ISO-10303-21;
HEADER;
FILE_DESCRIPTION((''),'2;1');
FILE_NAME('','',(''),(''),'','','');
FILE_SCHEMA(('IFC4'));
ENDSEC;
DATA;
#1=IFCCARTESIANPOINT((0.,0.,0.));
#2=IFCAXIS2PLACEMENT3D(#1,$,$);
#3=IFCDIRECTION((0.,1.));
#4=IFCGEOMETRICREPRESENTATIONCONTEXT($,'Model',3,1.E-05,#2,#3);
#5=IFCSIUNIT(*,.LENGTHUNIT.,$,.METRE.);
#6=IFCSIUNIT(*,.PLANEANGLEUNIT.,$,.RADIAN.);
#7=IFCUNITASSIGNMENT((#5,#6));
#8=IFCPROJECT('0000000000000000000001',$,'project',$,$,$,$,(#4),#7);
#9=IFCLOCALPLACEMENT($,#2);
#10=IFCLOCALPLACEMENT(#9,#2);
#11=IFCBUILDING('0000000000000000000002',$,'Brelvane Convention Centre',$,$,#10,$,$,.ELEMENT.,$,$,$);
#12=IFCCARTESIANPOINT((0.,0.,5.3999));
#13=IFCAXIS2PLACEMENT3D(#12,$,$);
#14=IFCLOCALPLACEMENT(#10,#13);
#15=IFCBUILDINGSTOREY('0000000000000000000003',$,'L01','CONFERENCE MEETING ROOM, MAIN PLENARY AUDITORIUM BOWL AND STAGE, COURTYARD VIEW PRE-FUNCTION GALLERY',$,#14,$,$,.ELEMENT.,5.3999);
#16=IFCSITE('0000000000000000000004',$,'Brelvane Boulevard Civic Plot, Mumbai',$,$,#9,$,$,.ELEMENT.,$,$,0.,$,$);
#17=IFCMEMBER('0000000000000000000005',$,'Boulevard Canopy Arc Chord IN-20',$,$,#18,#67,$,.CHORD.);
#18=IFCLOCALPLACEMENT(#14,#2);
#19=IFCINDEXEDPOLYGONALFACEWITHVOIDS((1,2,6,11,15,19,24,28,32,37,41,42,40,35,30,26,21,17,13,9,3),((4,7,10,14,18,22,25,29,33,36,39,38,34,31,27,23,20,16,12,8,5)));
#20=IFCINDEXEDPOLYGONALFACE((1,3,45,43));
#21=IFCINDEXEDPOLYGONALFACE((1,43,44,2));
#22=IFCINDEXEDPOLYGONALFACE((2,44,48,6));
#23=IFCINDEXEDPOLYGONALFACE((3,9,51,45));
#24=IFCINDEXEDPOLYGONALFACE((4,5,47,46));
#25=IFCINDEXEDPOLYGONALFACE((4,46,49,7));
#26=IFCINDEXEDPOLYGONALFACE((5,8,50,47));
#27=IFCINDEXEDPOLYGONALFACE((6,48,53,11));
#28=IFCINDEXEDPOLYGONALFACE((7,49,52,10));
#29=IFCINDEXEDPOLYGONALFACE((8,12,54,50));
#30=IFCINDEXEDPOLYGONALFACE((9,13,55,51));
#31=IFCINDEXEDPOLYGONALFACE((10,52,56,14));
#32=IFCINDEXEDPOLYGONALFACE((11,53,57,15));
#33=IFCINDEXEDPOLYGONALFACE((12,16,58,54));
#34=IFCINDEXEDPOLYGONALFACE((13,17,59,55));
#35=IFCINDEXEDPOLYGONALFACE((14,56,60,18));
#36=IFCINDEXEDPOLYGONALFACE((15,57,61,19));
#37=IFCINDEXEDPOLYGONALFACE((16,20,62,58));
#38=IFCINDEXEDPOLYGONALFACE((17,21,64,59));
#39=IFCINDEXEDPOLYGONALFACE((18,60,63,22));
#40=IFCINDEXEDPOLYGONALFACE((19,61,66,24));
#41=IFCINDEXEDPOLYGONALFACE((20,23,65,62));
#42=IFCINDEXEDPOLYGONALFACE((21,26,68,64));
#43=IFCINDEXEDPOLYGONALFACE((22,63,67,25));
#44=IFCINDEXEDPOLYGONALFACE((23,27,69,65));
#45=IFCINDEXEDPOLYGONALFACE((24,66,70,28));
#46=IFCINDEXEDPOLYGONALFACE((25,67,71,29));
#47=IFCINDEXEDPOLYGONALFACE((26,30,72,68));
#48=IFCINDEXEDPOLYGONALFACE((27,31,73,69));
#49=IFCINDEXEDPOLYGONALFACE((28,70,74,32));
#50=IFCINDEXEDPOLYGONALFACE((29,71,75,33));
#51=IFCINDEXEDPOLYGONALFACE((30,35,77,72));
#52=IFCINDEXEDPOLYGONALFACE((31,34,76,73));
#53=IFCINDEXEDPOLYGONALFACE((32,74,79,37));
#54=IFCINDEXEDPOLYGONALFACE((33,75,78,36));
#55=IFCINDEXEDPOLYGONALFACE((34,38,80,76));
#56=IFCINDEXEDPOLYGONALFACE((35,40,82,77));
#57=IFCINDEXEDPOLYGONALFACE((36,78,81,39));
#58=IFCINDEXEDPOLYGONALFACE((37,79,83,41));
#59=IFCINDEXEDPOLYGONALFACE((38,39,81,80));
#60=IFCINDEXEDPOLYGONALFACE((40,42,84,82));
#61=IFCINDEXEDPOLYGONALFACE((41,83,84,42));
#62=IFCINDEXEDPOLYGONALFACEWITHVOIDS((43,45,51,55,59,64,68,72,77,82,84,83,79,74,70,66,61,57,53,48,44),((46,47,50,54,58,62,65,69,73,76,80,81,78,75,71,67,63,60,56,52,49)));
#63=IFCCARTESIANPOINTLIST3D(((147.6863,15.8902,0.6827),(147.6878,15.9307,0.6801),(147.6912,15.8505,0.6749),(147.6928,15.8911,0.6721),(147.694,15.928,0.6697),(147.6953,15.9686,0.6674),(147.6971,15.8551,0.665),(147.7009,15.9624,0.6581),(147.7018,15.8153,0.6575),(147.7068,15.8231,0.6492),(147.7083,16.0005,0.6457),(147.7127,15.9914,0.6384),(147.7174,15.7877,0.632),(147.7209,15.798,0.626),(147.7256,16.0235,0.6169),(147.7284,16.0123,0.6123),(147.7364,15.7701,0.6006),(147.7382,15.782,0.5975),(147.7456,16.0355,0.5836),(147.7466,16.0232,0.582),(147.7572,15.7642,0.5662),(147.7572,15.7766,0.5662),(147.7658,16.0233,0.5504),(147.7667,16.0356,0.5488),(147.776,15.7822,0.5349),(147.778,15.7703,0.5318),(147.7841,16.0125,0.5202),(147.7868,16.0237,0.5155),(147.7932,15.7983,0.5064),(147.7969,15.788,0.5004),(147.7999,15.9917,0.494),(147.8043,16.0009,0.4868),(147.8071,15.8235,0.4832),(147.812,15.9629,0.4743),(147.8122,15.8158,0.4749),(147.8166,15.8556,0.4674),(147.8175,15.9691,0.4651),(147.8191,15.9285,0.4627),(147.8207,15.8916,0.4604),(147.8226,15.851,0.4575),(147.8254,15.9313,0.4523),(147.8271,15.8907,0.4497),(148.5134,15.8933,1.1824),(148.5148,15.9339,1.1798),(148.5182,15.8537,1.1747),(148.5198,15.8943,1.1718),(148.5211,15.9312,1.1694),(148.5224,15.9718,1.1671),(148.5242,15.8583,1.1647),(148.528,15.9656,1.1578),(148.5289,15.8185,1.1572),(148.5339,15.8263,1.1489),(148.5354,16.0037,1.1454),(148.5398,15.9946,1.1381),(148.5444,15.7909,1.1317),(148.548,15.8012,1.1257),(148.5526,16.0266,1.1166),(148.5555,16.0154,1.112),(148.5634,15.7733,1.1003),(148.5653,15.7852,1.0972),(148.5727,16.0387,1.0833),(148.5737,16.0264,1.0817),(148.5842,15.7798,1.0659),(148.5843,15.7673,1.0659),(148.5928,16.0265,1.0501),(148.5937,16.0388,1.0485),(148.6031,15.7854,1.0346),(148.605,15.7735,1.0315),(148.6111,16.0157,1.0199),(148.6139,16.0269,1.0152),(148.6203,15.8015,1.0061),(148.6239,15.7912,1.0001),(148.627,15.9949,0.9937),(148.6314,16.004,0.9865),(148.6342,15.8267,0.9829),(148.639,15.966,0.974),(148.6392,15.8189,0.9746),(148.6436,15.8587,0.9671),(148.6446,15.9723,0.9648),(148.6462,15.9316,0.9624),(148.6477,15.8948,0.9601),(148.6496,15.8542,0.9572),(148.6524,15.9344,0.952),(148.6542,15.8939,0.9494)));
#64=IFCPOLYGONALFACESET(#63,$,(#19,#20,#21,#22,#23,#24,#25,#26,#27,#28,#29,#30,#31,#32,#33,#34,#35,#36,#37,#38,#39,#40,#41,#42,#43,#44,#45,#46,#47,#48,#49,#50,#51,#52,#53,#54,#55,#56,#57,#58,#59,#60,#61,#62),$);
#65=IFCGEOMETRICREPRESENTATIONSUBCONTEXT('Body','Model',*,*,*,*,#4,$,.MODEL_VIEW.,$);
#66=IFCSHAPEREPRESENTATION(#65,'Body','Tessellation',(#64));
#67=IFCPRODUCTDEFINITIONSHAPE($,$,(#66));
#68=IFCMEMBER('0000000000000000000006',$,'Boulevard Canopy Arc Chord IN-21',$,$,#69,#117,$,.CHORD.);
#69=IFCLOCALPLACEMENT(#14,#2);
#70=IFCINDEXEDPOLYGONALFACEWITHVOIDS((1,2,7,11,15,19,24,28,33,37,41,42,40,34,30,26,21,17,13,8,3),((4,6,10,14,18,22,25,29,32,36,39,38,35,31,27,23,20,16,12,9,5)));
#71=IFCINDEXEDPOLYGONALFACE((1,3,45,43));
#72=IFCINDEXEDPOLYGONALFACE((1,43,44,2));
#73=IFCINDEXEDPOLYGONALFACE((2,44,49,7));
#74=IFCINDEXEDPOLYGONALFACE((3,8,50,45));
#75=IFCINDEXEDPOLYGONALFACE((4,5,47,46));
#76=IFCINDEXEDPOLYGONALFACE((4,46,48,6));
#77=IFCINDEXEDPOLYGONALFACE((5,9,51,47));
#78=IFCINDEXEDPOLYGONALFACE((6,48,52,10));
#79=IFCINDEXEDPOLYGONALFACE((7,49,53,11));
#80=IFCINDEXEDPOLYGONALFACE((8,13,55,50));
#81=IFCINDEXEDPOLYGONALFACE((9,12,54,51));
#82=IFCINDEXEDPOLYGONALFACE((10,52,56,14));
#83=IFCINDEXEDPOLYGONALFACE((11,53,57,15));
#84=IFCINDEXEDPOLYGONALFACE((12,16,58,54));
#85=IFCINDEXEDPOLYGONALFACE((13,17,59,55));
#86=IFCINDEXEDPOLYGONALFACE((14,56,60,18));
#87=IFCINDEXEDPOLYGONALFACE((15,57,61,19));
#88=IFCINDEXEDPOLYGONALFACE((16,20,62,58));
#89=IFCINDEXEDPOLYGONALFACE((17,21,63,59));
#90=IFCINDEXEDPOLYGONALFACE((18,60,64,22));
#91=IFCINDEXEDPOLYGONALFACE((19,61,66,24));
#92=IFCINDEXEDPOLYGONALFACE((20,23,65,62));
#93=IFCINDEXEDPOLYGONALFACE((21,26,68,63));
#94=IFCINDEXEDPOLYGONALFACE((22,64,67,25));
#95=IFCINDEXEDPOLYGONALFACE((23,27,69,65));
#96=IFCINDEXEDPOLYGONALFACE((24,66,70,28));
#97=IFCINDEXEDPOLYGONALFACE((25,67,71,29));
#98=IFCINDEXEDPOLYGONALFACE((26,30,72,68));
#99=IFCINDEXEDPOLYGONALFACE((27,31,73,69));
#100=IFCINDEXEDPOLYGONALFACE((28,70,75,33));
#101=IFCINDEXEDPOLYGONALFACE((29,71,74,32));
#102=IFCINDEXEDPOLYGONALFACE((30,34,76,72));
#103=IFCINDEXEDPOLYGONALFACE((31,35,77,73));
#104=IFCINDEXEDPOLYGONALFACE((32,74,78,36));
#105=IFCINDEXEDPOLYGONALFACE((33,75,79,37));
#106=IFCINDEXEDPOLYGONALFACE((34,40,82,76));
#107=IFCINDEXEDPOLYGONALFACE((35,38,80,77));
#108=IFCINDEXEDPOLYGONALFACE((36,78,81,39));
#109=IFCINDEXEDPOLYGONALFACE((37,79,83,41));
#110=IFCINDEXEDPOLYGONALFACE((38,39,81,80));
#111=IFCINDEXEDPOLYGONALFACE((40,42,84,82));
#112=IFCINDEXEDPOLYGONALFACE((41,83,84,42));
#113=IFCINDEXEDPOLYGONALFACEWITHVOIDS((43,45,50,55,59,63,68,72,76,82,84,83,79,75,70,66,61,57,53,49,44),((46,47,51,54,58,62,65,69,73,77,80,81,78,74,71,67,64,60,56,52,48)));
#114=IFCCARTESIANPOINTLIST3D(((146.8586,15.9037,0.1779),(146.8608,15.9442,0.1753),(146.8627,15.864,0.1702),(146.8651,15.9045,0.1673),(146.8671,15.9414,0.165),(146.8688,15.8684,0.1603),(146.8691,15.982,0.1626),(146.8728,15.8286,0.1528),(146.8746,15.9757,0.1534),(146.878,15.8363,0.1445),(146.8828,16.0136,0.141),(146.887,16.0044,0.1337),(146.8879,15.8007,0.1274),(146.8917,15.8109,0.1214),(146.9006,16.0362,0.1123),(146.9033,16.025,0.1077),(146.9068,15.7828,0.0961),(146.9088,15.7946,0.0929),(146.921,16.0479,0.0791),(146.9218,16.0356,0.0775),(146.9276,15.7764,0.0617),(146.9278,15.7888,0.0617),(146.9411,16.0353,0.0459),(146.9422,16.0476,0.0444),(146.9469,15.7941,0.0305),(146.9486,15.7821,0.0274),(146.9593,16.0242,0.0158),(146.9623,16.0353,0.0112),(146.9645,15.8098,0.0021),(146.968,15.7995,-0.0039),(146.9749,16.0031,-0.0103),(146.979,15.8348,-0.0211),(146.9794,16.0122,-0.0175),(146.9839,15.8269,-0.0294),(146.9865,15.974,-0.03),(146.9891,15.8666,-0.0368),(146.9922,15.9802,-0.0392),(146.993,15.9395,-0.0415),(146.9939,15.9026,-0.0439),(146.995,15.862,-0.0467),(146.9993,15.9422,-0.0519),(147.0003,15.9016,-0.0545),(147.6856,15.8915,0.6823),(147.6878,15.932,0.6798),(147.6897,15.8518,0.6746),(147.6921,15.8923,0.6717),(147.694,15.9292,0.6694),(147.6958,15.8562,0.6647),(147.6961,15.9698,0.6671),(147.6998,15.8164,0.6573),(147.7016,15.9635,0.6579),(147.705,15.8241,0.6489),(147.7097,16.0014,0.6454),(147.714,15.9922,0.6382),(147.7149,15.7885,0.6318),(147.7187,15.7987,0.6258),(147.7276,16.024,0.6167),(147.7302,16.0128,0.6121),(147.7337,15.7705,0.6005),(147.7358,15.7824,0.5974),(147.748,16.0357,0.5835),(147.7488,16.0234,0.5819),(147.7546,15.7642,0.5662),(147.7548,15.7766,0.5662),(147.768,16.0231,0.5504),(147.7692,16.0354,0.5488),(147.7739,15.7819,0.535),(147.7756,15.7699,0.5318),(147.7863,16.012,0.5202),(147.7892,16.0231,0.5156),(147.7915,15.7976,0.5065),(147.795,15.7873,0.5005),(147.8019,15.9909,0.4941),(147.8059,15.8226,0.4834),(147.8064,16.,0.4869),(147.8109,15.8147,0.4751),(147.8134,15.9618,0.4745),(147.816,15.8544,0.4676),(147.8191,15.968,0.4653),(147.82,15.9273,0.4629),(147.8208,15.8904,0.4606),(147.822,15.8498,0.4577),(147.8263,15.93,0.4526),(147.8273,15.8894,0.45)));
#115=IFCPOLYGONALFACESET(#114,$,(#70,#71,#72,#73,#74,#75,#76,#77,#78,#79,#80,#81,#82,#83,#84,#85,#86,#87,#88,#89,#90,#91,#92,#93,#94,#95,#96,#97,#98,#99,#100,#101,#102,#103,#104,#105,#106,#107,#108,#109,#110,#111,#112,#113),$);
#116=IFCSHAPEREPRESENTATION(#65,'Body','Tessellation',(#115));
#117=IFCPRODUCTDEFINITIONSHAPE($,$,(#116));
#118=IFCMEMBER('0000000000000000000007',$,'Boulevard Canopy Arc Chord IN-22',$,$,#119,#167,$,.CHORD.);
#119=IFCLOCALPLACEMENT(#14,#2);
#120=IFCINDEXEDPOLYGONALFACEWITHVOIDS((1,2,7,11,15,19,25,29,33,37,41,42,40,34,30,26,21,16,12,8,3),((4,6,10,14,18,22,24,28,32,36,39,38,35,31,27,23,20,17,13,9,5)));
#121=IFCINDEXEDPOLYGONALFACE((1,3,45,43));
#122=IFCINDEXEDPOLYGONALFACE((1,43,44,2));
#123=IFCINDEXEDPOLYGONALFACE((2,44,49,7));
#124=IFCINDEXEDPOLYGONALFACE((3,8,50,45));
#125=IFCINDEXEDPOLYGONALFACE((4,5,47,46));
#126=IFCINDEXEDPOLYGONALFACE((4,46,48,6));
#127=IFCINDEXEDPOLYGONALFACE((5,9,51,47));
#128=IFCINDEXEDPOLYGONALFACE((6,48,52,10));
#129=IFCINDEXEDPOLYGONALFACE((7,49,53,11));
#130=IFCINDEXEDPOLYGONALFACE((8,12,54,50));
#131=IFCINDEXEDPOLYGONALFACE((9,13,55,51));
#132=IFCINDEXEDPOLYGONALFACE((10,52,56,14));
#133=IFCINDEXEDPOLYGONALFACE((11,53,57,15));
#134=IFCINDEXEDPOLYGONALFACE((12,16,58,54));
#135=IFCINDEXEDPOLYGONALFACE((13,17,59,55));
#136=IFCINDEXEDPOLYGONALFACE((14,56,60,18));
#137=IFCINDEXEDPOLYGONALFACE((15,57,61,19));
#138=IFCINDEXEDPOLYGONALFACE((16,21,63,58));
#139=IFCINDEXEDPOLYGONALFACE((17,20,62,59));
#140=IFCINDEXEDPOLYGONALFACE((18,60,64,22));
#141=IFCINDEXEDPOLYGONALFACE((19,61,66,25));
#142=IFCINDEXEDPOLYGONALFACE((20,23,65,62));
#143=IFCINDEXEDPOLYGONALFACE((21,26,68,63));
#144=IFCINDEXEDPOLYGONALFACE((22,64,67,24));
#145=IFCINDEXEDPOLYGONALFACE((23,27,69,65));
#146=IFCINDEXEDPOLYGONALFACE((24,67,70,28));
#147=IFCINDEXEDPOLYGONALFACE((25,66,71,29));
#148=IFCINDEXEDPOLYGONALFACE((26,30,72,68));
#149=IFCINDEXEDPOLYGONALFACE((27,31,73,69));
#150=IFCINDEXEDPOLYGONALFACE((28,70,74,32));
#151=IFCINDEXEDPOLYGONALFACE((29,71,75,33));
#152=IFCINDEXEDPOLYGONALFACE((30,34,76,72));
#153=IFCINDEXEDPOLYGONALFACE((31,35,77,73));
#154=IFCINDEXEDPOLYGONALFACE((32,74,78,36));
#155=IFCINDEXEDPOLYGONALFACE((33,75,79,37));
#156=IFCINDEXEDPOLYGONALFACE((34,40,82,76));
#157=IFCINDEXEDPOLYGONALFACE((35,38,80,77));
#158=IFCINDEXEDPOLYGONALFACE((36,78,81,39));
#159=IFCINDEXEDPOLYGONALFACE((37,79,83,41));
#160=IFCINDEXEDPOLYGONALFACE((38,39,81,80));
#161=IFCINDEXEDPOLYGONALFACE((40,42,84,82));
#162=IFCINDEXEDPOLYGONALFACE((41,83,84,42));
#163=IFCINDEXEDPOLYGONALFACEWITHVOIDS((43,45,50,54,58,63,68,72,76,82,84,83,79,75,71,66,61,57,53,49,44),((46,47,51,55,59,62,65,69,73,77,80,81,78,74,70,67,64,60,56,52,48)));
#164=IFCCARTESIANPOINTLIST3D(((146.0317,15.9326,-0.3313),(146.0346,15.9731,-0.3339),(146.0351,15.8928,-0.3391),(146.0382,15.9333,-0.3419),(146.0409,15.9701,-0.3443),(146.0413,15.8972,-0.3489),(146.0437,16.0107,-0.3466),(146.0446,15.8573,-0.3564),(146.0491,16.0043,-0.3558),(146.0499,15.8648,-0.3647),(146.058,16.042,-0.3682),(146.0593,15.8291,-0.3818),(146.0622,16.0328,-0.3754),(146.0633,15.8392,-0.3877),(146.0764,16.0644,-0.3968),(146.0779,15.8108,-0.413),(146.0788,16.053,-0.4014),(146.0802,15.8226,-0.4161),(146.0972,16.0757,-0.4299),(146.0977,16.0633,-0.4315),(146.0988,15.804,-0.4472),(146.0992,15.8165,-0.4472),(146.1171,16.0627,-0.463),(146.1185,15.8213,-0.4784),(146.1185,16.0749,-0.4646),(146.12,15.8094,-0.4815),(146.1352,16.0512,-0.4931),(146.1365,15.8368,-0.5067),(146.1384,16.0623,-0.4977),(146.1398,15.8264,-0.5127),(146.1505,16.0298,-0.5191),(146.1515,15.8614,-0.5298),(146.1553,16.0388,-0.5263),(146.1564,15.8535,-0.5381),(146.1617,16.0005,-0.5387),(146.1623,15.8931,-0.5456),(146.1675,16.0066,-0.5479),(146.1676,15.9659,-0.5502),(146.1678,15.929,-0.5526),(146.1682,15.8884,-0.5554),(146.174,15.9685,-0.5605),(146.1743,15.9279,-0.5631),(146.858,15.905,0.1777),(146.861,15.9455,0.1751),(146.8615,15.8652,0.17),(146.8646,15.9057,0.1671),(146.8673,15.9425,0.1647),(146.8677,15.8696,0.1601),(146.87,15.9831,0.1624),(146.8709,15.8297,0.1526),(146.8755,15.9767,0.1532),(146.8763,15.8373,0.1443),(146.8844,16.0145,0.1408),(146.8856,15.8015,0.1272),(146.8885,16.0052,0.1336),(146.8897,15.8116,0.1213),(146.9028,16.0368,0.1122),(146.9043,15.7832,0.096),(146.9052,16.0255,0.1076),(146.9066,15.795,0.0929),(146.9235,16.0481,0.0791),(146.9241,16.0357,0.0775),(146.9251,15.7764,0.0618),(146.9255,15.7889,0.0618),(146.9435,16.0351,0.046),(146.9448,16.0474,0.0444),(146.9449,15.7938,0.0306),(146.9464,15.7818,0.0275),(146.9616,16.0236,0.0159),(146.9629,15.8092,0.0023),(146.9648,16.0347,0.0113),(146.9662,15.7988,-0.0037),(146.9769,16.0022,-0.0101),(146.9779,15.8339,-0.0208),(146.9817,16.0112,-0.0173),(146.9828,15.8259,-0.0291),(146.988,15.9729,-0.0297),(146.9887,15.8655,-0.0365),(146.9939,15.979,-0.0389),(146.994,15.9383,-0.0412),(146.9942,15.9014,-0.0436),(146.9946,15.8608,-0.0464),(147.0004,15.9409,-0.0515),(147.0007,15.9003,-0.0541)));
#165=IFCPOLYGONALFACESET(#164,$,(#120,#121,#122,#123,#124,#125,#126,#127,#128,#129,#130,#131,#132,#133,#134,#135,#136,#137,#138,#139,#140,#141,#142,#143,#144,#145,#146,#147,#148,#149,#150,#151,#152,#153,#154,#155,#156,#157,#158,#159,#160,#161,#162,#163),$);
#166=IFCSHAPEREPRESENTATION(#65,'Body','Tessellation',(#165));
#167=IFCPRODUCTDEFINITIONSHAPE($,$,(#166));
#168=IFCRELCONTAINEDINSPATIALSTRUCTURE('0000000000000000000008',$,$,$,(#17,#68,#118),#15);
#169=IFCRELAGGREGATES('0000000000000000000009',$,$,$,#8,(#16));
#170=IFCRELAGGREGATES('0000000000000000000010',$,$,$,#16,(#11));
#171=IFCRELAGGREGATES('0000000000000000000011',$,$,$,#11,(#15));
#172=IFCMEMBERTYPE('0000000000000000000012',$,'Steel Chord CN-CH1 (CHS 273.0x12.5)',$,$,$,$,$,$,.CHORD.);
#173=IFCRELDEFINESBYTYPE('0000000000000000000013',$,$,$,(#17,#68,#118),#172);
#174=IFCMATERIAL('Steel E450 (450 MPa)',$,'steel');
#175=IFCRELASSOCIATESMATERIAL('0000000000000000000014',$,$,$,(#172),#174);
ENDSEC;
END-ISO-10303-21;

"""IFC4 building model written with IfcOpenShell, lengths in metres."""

from ifc_helpers import new_model, si_unit, direction, frame, origin, origin_2d, place, context, subcontext, project, spatial, hollow_circle, extrude, material, material_profile, profile_set, type_object, element, save


model = new_model("IFC4")

# Units and contexts
model_context = context("Model", 3, precision=1e-05, world=origin(), true_north=direction((0.0, 1.0)))
body_context = subcontext(model_context, "Body", "Model", "MODEL_VIEW")
ifc_project = project(units=[si_unit("LENGTHUNIT", "METRE"), si_unit("PLANEANGLEUNIT", "RADIAN")], contexts=[model_context])

# Site, building, storey
site_placement = place(None, origin())
site = spatial("IfcSite", under=ifc_project, at=site_placement, Name="Brelvane Boulevard Civic Plot, Mumbai", CompositionType="ELEMENT", RefElevation=0.0)
building_placement = place(site_placement, origin())
building = spatial("IfcBuilding", under=site, at=building_placement, Name="Brelvane Convention Centre", CompositionType="ELEMENT")
storey_placement = place(building_placement, frame((0.0, 0.0, 5.3999)))
storey = spatial("IfcBuildingStorey", under=building, at=storey_placement, Name="L01", Description="CONFERENCE MEETING ROOM, MAIN PLENARY AUDITORIUM BOWL AND STAGE, COURTYARD VIEW PRE-FUNCTION GALLERY", CompositionType="ELEMENT", Elevation=5.3999)

# Members
ifc_material_1 = material(Name="Steel E450 (450 MPa)", Category="steel")
ifc_material_profile_1 = material_profile(ifc_material_1, hollow_circle(Radius=0.1365, WallThickness=0.0125, at=origin_2d()), Name="CHS 273.0x12.5")
ifc_profile_set_1 = profile_set([ifc_material_profile_1], Name="Steel E450 (450 MPa)")
member_type_1 = type_object("IfcMemberType", Name="Steel Chord CN-CH1 (CHS 273.0x12.5)", PredefinedType="CHORD", material=ifc_profile_set_1)
member_1_placement = place(storey_placement, frame((148.5837, 15.9038, 1.0659), z_axis=(-0.855902, -0.003284, -0.517128), x_axis=(0.003837, -0.999993, 0.0)))
element("IfcMember", 1, at=member_1_placement, inside=storey, type_object=member_type_1, Name="Boulevard Canopy Arc Chord IN-20", PredefinedType="CHORD", context=body_context, shape_type="SweptSolid", body=[
    extrude(hollow_circle(Radius=0.1365, WallThickness=0.0125, at=origin_2d()), origin(), (0.0, 0.0, 1.0), 0.9663),
])
member_2_placement = place(storey_placement, frame((147.7566, 15.9006, 0.5662), z_axis=(-0.853644, 0.012602, -0.520705), x_axis=(-0.014761, -0.999891, 0.0)))
element("IfcMember", 2, at=member_2_placement, inside=storey, type_object=member_type_1, Name="Boulevard Canopy Arc Chord IN-21", PredefinedType="CHORD", context=body_context, shape_type="SweptSolid", body=[
    extrude(hollow_circle(Radius=0.1365, WallThickness=0.0125, at=origin_2d()), origin(), (0.0, 0.0, 1.0), 0.9688),
])
member_3_placement = place(storey_placement, frame((146.9297, 15.9128, 0.0618), z_axis=(-0.851099, 0.028412, -0.524237), x_axis=(-0.033364, -0.999443, 0.0)))
element("IfcMember", 3, at=member_3_placement, inside=storey, type_object=member_type_1, Name="Boulevard Canopy Arc Chord IN-22", PredefinedType="CHORD", context=body_context, shape_type="SweptSolid", body=[
    extrude(hollow_circle(Radius=0.1365, WallThickness=0.0125, at=origin_2d()), origin(), (0.0, 0.0, 1.0), 0.9709),
])

save(model, "model.ifc")
